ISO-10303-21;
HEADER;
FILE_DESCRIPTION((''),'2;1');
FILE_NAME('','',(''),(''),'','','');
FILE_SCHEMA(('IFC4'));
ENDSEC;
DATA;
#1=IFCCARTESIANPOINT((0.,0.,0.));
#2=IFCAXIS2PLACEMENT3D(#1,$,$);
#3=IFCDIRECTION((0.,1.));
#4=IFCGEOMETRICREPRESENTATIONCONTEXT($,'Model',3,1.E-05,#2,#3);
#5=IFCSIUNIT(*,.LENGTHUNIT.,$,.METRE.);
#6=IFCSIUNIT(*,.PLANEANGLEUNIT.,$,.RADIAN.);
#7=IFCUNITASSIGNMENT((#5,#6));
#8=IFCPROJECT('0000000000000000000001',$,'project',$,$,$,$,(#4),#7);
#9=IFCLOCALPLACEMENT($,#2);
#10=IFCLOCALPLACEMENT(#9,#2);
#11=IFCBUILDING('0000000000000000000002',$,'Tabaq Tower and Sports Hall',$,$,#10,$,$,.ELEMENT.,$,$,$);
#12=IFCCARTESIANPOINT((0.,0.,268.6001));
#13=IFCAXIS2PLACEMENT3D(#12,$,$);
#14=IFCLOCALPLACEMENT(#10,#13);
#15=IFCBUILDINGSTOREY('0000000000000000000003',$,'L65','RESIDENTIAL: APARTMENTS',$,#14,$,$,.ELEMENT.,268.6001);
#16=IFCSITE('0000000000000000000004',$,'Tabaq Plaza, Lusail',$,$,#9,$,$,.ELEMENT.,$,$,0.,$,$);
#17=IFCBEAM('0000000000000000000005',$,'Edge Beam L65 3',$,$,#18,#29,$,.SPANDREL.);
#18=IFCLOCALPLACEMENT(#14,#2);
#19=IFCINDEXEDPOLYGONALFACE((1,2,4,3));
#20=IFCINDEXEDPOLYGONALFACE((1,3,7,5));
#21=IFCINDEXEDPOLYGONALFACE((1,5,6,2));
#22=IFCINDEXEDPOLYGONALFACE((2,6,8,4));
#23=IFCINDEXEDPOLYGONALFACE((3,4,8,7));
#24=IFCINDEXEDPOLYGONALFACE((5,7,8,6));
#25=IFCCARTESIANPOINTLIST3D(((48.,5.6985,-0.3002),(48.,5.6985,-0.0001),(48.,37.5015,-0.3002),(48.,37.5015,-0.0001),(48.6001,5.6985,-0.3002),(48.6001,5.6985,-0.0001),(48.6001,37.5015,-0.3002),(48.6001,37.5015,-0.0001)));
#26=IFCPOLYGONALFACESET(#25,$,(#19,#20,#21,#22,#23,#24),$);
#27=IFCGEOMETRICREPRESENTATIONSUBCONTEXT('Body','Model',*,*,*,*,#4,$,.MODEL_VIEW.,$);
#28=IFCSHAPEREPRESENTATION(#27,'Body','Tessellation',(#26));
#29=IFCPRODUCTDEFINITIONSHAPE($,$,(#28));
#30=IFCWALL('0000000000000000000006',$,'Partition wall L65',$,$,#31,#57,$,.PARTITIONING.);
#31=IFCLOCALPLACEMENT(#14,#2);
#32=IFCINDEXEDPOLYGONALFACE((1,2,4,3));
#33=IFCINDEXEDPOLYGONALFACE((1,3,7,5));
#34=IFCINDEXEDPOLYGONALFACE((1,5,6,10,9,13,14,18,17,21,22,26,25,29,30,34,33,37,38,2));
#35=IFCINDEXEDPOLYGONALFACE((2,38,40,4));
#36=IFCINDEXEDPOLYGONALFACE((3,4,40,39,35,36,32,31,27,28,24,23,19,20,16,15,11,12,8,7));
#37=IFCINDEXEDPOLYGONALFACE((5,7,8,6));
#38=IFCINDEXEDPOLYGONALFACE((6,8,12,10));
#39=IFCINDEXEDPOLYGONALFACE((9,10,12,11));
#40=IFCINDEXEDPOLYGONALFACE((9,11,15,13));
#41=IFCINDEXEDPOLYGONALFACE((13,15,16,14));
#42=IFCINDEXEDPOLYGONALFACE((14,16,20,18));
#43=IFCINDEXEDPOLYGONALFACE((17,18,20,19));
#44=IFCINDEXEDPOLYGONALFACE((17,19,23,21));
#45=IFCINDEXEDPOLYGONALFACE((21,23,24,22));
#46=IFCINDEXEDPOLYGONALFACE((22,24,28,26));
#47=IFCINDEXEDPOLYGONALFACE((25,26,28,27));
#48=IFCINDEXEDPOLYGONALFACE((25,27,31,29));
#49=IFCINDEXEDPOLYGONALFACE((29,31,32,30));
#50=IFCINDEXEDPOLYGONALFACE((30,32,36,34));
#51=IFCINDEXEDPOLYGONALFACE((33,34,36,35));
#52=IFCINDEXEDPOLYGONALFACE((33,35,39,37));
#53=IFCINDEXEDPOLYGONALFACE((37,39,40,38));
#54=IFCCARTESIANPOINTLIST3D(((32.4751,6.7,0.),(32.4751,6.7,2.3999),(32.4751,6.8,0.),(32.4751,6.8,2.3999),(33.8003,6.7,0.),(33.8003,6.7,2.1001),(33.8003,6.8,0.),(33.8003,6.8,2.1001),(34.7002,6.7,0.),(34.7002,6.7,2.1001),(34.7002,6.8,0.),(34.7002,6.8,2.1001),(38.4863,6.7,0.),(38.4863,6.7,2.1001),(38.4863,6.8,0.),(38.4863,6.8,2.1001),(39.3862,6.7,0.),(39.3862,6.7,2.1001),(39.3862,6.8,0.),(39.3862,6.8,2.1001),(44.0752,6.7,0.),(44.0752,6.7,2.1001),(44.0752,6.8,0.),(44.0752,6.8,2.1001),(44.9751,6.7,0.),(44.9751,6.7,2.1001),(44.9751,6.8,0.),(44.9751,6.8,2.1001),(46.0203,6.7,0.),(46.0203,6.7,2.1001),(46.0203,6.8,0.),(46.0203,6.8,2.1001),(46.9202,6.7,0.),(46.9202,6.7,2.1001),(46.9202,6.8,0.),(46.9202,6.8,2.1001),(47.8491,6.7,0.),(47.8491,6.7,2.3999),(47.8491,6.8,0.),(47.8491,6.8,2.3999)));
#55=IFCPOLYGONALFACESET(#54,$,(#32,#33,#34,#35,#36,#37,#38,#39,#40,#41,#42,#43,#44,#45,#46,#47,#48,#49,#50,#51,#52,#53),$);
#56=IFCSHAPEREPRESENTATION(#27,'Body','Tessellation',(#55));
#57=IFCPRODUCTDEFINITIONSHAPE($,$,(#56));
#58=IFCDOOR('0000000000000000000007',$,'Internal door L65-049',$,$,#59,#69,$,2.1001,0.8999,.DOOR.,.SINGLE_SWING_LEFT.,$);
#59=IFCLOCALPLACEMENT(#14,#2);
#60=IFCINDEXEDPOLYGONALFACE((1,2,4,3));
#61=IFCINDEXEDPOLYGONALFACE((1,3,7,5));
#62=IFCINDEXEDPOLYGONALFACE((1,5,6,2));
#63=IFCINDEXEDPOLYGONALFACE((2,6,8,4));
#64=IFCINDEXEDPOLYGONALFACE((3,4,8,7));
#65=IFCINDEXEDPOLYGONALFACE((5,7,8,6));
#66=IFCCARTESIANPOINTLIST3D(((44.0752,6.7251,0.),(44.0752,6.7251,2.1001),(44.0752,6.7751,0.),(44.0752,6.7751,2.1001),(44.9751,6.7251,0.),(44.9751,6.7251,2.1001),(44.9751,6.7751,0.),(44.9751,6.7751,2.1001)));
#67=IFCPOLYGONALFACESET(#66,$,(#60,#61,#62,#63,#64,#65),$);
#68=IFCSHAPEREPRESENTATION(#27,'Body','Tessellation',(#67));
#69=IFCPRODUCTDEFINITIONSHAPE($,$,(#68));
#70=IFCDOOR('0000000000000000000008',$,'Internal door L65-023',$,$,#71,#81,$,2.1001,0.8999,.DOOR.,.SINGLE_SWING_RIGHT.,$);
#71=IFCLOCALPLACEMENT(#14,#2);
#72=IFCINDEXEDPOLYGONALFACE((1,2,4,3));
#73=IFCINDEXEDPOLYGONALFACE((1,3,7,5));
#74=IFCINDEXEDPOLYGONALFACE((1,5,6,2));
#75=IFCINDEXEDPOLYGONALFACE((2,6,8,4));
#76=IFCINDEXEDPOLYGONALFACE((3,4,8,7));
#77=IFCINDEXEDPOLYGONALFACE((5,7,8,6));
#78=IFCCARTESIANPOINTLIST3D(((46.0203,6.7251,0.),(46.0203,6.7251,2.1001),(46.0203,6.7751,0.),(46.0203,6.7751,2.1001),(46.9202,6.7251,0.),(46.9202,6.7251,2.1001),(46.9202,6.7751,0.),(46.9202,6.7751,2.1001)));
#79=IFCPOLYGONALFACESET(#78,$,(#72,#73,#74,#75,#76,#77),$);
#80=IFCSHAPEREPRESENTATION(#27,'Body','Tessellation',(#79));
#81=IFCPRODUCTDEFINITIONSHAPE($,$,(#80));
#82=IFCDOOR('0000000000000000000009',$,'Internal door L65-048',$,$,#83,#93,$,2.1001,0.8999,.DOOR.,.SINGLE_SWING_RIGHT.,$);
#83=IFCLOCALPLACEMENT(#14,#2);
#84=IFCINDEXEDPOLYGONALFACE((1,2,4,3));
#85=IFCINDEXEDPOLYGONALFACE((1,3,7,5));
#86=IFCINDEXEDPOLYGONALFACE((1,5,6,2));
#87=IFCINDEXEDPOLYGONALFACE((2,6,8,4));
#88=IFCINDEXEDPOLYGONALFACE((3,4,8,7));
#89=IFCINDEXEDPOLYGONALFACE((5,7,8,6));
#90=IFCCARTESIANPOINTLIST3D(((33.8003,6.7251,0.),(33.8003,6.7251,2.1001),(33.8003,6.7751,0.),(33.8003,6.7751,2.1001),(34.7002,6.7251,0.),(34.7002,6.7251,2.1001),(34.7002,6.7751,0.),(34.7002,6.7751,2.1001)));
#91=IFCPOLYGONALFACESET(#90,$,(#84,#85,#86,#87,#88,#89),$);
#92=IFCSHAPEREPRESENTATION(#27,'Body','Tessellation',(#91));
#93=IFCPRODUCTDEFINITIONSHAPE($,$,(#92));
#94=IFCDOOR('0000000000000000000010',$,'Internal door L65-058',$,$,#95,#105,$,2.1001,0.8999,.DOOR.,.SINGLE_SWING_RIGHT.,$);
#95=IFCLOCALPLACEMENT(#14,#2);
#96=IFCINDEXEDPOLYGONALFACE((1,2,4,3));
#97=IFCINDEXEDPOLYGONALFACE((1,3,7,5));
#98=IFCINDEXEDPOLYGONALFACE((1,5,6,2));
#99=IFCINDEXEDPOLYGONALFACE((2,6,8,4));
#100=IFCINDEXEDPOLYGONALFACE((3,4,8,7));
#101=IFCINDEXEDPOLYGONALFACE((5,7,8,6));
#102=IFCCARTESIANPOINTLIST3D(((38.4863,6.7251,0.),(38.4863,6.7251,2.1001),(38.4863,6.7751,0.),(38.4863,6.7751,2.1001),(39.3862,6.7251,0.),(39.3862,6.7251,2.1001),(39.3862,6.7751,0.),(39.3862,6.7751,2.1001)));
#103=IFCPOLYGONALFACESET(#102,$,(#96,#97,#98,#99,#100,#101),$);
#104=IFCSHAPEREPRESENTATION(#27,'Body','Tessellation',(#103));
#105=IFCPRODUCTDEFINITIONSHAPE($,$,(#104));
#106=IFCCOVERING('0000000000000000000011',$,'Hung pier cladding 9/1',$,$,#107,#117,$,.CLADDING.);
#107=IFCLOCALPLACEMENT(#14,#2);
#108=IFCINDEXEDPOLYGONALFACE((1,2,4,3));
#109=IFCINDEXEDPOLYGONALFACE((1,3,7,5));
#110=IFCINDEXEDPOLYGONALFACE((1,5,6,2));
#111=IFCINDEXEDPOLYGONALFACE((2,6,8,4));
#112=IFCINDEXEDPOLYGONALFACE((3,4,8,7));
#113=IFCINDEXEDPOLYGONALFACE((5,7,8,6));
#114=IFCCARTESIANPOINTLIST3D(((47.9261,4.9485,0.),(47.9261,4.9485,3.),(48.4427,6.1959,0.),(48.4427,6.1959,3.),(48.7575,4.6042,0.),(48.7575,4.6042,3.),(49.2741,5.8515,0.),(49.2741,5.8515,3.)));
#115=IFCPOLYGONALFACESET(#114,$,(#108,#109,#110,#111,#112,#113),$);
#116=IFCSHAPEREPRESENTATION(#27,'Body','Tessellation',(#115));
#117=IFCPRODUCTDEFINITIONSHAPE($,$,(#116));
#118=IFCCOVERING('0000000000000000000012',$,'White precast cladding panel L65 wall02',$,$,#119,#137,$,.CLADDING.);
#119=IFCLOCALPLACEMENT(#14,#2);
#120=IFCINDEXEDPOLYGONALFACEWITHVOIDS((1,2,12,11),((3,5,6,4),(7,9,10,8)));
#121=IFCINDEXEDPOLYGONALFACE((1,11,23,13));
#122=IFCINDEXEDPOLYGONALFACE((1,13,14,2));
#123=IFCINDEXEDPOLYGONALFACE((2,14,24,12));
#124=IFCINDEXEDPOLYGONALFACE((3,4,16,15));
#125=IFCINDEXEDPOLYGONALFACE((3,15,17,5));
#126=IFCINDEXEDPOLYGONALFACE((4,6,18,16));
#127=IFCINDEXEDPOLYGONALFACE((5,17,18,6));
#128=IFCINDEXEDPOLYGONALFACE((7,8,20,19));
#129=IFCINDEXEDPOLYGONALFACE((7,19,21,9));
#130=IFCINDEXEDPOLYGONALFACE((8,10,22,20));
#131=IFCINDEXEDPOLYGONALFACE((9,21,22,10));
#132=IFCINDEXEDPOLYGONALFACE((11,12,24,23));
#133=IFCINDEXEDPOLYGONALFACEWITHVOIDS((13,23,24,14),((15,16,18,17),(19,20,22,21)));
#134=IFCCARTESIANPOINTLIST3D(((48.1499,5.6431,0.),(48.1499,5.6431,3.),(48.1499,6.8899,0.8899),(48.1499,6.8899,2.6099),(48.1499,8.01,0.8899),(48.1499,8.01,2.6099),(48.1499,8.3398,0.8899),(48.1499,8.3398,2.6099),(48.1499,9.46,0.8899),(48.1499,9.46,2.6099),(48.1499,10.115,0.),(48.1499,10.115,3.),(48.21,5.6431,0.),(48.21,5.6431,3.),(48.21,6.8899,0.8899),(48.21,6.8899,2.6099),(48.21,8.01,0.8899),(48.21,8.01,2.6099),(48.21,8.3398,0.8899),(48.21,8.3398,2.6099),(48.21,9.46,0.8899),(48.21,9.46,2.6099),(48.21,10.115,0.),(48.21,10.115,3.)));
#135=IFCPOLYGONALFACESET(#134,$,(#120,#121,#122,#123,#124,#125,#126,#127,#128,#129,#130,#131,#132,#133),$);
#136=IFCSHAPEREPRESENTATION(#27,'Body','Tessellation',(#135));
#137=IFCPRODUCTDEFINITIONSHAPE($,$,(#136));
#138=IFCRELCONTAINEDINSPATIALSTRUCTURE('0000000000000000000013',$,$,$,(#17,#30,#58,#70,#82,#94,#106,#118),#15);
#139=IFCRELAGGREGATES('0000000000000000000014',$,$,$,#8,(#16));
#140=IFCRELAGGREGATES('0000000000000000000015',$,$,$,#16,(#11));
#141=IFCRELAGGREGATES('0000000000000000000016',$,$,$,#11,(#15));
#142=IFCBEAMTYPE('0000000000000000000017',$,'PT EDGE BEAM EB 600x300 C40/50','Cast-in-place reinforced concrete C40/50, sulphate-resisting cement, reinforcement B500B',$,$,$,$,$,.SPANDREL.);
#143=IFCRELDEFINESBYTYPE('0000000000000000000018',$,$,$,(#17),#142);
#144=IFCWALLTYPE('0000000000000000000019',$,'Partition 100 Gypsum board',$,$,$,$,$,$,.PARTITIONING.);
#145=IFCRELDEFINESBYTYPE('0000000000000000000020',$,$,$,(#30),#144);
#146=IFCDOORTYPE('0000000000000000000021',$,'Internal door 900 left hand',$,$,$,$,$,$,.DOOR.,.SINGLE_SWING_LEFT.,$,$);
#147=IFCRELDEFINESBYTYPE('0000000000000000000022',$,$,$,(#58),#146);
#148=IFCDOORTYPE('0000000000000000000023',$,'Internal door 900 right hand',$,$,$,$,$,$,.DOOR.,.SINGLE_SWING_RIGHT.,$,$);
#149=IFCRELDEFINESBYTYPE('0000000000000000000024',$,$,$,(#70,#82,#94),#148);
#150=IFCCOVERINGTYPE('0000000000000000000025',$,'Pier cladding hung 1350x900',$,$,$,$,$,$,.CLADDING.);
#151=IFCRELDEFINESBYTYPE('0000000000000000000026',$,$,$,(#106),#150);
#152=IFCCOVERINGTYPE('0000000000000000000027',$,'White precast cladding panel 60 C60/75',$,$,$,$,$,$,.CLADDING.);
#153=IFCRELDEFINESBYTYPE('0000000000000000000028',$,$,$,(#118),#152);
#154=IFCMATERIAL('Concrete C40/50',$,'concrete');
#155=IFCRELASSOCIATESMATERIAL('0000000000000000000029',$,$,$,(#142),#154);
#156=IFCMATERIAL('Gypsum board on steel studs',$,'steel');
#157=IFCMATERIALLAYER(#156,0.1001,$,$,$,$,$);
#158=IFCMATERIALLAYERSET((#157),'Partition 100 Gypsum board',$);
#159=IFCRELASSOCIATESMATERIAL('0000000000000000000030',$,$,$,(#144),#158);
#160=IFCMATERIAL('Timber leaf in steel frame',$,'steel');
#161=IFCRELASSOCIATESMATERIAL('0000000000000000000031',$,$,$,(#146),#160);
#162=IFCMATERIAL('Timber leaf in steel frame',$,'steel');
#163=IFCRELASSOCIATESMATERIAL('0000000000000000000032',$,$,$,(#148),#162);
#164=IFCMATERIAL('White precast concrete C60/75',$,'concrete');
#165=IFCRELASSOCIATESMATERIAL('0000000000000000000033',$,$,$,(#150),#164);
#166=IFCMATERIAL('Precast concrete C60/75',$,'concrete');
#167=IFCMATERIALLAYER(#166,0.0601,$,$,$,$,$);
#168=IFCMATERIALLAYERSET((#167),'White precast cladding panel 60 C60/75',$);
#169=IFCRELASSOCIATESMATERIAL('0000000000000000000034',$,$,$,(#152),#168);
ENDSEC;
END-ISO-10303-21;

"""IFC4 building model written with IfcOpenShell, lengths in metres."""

from ifc_helpers import new_model, si_unit, direction, frame, frame_2d, origin, origin_2d, place, context, subcontext, project, spatial, polyline, rectangle, outline, extrude, material, layer, layer_set, material_profile, profile_set, type_object, element, fill, save


model = new_model("IFC4")

# Units and contexts
model_context = context("Model", 3, precision=1e-05, world=origin(), true_north=direction((0.0, 1.0)))
body_context = subcontext(model_context, "Body", "Model", "MODEL_VIEW")
ifc_project = project(units=[si_unit("LENGTHUNIT", "METRE"), si_unit("PLANEANGLEUNIT", "RADIAN")], contexts=[model_context])

# Site, building, storey
site_placement = place(None, origin())
site = spatial("IfcSite", under=ifc_project, at=site_placement, Name="Tabaq Plaza, Lusail", CompositionType="ELEMENT", RefElevation=0.0)
building_placement = place(site_placement, origin())
building = spatial("IfcBuilding", under=site, at=building_placement, Name="Tabaq Tower and Sports Hall", CompositionType="ELEMENT")
storey_placement = place(building_placement, frame((0.0, 0.0, 268.6001)))
storey = spatial("IfcBuildingStorey", under=building, at=storey_placement, Name="L65", Description="RESIDENTIAL: APARTMENTS", CompositionType="ELEMENT", Elevation=268.6001)

# Beam
ifc_material_1 = material(Name="Concrete C40/50", Category="concrete")
ifc_material_profile = material_profile(ifc_material_1, rectangle(XDim=0.6001, YDim=0.3, at=origin_2d()), Name="EB 600x300")
ifc_profile_set = profile_set([ifc_material_profile], Name="Concrete C40/50")
beam_type = type_object("IfcBeamType", Name="PT EDGE BEAM EB 600x300 C40/50", Description="Cast-in-place reinforced concrete C40/50, sulphate-resisting cement, reinforcement B500B", PredefinedType="SPANDREL", material=ifc_profile_set)
beam_placement = place(storey_placement, frame((48.3, 5.6985, -0.1501), z_axis=(0.0, 1.0, 0.0), x_axis=(-1.0, 0.0, 0.0)))
element("IfcBeam", 1, at=beam_placement, inside=storey, type_object=beam_type, Name="Edge Beam L65 3", PredefinedType="SPANDREL", context=body_context, shape_type="SweptSolid", body=[
    extrude(rectangle(XDim=0.6001, YDim=0.3, at=origin_2d()), origin(), (0.0, 0.0, 1.0), 31.803),
])

# Wall, openings, doors
ifc_material_2 = material(Name="Gypsum board on steel studs", Category="steel")
ifc_layer_1 = layer(ifc_material_2, 0.1001)
ifc_layer_set_1 = layer_set([ifc_layer_1], Name="Partition 100 Gypsum board")
wall_type_1 = type_object("IfcWallType", Name="Partition 100 Gypsum board", PredefinedType="PARTITIONING", material=ifc_layer_set_1)
wall_1_placement = place(storey_placement, frame((47.8491, 6.75, 0.0), z_axis=(0.0, 0.0, 1.0), x_axis=(-1.0, 0.0, 0.0)))
wall_1 = element("IfcWall", 2, at=wall_1_placement, inside=storey, type_object=wall_type_1, Name="Partition wall L65", PredefinedType="PARTITIONING", context=body_context, shape_type="SweptSolid", body=[
    extrude(rectangle(XDim=15.374, YDim=0.1001, at=frame_2d((7.687, 0.0))), origin(), (0.0, 0.0, 1.0), 2.3999),
])
opening_1_placement = place(wall_1_placement, frame((0.929, 0.0, 0.0)))
opening_1 = element("IfcOpeningElement", 3, at=opening_1_placement, cuts=wall_1, PredefinedType="OPENING", context=body_context, shape_type="SweptSolid", body=[
    extrude(rectangle(XDim=0.8999, YDim=2.1001, at=frame_2d((0.45, 1.05))), frame((0.0, 0.05, 0.0), z_axis=(0.0, -1.0, 0.0), x_axis=(1.0, 0.0, 0.0)), (0.0, 0.0, 1.0), 0.1001),
])
opening_2_placement = place(wall_1_placement, frame((13.1489, 0.0, 0.0)))
opening_2 = element("IfcOpeningElement", 4, at=opening_2_placement, cuts=wall_1, PredefinedType="OPENING", context=body_context, shape_type="SweptSolid", body=[
    extrude(rectangle(XDim=0.8999, YDim=2.1001, at=frame_2d((0.45, 1.05))), frame((0.0, 0.05, 0.0), z_axis=(0.0, -1.0, 0.0), x_axis=(1.0, 0.0, 0.0)), (0.0, 0.0, 1.0), 0.1001),
])
opening_3_placement = place(wall_1_placement, frame((2.874, 0.0, 0.0)))
opening_3 = element("IfcOpeningElement", 5, at=opening_3_placement, cuts=wall_1, PredefinedType="OPENING", context=body_context, shape_type="SweptSolid", body=[
    extrude(rectangle(XDim=0.8999, YDim=2.1001, at=frame_2d((0.45, 1.05))), frame((0.0, 0.05, 0.0), z_axis=(0.0, -1.0, 0.0), x_axis=(1.0, 0.0, 0.0)), (0.0, 0.0, 1.0), 0.1001),
])
opening_4_placement = place(wall_1_placement, frame((8.4629, 0.0, 0.0)))
opening_4 = element("IfcOpeningElement", 6, at=opening_4_placement, cuts=wall_1, PredefinedType="OPENING", context=body_context, shape_type="SweptSolid", body=[
    extrude(rectangle(XDim=0.8999, YDim=2.1001, at=frame_2d((0.45, 1.05))), frame((0.0, 0.05, 0.0), z_axis=(0.0, -1.0, 0.0), x_axis=(1.0, 0.0, 0.0)), (0.0, 0.0, 1.0), 0.1001),
])
ifc_material_3 = material(Name="Timber leaf in steel frame", Category="steel")
door_type_1 = type_object("IfcDoorType", Name="Internal door 900 left hand", OperationType="SINGLE_SWING_LEFT", PredefinedType="DOOR", material=ifc_material_3)
door_1_placement = place(opening_3_placement, origin())
door_1 = element("IfcDoor", 7, at=door_1_placement, inside=storey, type_object=door_type_1, Name="Internal door L65-049", OperationType="SINGLE_SWING_LEFT", OverallHeight=2.1001, OverallWidth=0.8999, PredefinedType="DOOR", context=body_context, shape_type="SweptSolid", body=[
    extrude(rectangle(XDim=0.8999, YDim=2.1001, at=frame_2d((0.45, 1.05))), frame((0.0, 0.0249, 0.0), z_axis=(0.0, -1.0, 0.0), x_axis=(1.0, 0.0, 0.0)), (0.0, 0.0, 1.0), 0.05),
])
fill(opening_3, door_1)
ifc_material_4 = material(Name="Timber leaf in steel frame", Category="steel")
door_type_2 = type_object("IfcDoorType", Name="Internal door 900 right hand", OperationType="SINGLE_SWING_RIGHT", PredefinedType="DOOR", material=ifc_material_4)
door_2_placement = place(opening_1_placement, origin())
door_2 = element("IfcDoor", 8, at=door_2_placement, inside=storey, type_object=door_type_2, Name="Internal door L65-023", OperationType="SINGLE_SWING_RIGHT", OverallHeight=2.1001, OverallWidth=0.8999, PredefinedType="DOOR", context=body_context, shape_type="SweptSolid", body=[
    extrude(rectangle(XDim=0.8999, YDim=2.1001, at=frame_2d((0.45, 1.05))), frame((0.0, 0.0249, 0.0), z_axis=(0.0, -1.0, 0.0), x_axis=(1.0, 0.0, 0.0)), (0.0, 0.0, 1.0), 0.05),
])
fill(opening_1, door_2)
door_3_placement = place(opening_2_placement, origin())
door_3 = element("IfcDoor", 9, at=door_3_placement, inside=storey, type_object=door_type_2, Name="Internal door L65-048", OperationType="SINGLE_SWING_RIGHT", OverallHeight=2.1001, OverallWidth=0.8999, PredefinedType="DOOR", context=body_context, shape_type="SweptSolid", body=[
    extrude(rectangle(XDim=0.8999, YDim=2.1001, at=frame_2d((0.45, 1.05))), frame((0.0, 0.0249, 0.0), z_axis=(0.0, -1.0, 0.0), x_axis=(1.0, 0.0, 0.0)), (0.0, 0.0, 1.0), 0.05),
])
fill(opening_2, door_3)
door_4_placement = place(opening_4_placement, origin())
door_4 = element("IfcDoor", 10, at=door_4_placement, inside=storey, type_object=door_type_2, Name="Internal door L65-058", OperationType="SINGLE_SWING_RIGHT", OverallHeight=2.1001, OverallWidth=0.8999, PredefinedType="DOOR", context=body_context, shape_type="SweptSolid", body=[
    extrude(rectangle(XDim=0.8999, YDim=2.1001, at=frame_2d((0.45, 1.05))), frame((0.0, 0.0249, 0.0), z_axis=(0.0, -1.0, 0.0), x_axis=(1.0, 0.0, 0.0)), (0.0, 0.0, 1.0), 0.05),
])
fill(opening_4, door_4)

# Coverings
ifc_material_5 = material(Name="White precast concrete C60/75", Category="concrete")
covering_type_1 = type_object("IfcCoveringType", Name="Pier cladding hung 1350x900", PredefinedType="CLADDING", material=ifc_material_5)
covering_1_placement = place(storey_placement, frame((48.3418, 4.7764, 0.0), z_axis=(0.0, 0.0, 1.0), x_axis=(0.38265, 0.923893, 0.0)))
element("IfcCovering", 11, at=covering_1_placement, inside=storey, type_object=covering_type_1, Name="Hung pier cladding 9/1", PredefinedType="CLADDING", context=body_context, shape_type="SweptSolid", body=[
    extrude(rectangle(XDim=1.3501, YDim=0.8999, at=frame_2d((0.675, 0.0))), origin(), (0.0, 0.0, 1.0), 3.0),
])
ifc_material_6 = material(Name="Precast concrete C60/75", Category="concrete")
ifc_layer_2 = layer(ifc_material_6, 0.0601)
ifc_layer_set_2 = layer_set([ifc_layer_2], Name="White precast cladding panel 60 C60/75")
covering_type_2 = type_object("IfcCoveringType", Name="White precast cladding panel 60 C60/75", PredefinedType="CLADDING", material=ifc_layer_set_2)
covering_2_placement = place(storey_placement, frame((48.1799, 5.6431, 0.0), z_axis=(0.0, 0.0, 1.0), x_axis=(0.0, 1.0, 0.0)))
element("IfcCovering", 12, at=covering_2_placement, inside=storey, type_object=covering_type_2, Name="White precast cladding panel L65 wall02", PredefinedType="CLADDING", context=body_context, shape_type="SweptSolid", body=[
    extrude(outline(polyline([(0.0, 0.0), (4.4719, 0.0), (4.4719, 3.0), (0.0, 3.0), (0.0, 0.0)]), holes=[polyline([(1.2468, 2.6099), (2.3669, 2.6099), (2.3669, 0.8899), (1.2468, 0.8899), (1.2468, 2.6099)]), polyline([(2.6968, 2.6099), (3.8169, 2.6099), (3.8169, 0.8899), (2.6968, 0.8899), (2.6968, 2.6099)])]), frame((0.0, 0.03, 0.0), z_axis=(0.0, -1.0, 0.0), x_axis=(1.0, 0.0, 0.0)), (0.0, 0.0, 1.0), 0.0601),
])

save(model, "model.ifc")
